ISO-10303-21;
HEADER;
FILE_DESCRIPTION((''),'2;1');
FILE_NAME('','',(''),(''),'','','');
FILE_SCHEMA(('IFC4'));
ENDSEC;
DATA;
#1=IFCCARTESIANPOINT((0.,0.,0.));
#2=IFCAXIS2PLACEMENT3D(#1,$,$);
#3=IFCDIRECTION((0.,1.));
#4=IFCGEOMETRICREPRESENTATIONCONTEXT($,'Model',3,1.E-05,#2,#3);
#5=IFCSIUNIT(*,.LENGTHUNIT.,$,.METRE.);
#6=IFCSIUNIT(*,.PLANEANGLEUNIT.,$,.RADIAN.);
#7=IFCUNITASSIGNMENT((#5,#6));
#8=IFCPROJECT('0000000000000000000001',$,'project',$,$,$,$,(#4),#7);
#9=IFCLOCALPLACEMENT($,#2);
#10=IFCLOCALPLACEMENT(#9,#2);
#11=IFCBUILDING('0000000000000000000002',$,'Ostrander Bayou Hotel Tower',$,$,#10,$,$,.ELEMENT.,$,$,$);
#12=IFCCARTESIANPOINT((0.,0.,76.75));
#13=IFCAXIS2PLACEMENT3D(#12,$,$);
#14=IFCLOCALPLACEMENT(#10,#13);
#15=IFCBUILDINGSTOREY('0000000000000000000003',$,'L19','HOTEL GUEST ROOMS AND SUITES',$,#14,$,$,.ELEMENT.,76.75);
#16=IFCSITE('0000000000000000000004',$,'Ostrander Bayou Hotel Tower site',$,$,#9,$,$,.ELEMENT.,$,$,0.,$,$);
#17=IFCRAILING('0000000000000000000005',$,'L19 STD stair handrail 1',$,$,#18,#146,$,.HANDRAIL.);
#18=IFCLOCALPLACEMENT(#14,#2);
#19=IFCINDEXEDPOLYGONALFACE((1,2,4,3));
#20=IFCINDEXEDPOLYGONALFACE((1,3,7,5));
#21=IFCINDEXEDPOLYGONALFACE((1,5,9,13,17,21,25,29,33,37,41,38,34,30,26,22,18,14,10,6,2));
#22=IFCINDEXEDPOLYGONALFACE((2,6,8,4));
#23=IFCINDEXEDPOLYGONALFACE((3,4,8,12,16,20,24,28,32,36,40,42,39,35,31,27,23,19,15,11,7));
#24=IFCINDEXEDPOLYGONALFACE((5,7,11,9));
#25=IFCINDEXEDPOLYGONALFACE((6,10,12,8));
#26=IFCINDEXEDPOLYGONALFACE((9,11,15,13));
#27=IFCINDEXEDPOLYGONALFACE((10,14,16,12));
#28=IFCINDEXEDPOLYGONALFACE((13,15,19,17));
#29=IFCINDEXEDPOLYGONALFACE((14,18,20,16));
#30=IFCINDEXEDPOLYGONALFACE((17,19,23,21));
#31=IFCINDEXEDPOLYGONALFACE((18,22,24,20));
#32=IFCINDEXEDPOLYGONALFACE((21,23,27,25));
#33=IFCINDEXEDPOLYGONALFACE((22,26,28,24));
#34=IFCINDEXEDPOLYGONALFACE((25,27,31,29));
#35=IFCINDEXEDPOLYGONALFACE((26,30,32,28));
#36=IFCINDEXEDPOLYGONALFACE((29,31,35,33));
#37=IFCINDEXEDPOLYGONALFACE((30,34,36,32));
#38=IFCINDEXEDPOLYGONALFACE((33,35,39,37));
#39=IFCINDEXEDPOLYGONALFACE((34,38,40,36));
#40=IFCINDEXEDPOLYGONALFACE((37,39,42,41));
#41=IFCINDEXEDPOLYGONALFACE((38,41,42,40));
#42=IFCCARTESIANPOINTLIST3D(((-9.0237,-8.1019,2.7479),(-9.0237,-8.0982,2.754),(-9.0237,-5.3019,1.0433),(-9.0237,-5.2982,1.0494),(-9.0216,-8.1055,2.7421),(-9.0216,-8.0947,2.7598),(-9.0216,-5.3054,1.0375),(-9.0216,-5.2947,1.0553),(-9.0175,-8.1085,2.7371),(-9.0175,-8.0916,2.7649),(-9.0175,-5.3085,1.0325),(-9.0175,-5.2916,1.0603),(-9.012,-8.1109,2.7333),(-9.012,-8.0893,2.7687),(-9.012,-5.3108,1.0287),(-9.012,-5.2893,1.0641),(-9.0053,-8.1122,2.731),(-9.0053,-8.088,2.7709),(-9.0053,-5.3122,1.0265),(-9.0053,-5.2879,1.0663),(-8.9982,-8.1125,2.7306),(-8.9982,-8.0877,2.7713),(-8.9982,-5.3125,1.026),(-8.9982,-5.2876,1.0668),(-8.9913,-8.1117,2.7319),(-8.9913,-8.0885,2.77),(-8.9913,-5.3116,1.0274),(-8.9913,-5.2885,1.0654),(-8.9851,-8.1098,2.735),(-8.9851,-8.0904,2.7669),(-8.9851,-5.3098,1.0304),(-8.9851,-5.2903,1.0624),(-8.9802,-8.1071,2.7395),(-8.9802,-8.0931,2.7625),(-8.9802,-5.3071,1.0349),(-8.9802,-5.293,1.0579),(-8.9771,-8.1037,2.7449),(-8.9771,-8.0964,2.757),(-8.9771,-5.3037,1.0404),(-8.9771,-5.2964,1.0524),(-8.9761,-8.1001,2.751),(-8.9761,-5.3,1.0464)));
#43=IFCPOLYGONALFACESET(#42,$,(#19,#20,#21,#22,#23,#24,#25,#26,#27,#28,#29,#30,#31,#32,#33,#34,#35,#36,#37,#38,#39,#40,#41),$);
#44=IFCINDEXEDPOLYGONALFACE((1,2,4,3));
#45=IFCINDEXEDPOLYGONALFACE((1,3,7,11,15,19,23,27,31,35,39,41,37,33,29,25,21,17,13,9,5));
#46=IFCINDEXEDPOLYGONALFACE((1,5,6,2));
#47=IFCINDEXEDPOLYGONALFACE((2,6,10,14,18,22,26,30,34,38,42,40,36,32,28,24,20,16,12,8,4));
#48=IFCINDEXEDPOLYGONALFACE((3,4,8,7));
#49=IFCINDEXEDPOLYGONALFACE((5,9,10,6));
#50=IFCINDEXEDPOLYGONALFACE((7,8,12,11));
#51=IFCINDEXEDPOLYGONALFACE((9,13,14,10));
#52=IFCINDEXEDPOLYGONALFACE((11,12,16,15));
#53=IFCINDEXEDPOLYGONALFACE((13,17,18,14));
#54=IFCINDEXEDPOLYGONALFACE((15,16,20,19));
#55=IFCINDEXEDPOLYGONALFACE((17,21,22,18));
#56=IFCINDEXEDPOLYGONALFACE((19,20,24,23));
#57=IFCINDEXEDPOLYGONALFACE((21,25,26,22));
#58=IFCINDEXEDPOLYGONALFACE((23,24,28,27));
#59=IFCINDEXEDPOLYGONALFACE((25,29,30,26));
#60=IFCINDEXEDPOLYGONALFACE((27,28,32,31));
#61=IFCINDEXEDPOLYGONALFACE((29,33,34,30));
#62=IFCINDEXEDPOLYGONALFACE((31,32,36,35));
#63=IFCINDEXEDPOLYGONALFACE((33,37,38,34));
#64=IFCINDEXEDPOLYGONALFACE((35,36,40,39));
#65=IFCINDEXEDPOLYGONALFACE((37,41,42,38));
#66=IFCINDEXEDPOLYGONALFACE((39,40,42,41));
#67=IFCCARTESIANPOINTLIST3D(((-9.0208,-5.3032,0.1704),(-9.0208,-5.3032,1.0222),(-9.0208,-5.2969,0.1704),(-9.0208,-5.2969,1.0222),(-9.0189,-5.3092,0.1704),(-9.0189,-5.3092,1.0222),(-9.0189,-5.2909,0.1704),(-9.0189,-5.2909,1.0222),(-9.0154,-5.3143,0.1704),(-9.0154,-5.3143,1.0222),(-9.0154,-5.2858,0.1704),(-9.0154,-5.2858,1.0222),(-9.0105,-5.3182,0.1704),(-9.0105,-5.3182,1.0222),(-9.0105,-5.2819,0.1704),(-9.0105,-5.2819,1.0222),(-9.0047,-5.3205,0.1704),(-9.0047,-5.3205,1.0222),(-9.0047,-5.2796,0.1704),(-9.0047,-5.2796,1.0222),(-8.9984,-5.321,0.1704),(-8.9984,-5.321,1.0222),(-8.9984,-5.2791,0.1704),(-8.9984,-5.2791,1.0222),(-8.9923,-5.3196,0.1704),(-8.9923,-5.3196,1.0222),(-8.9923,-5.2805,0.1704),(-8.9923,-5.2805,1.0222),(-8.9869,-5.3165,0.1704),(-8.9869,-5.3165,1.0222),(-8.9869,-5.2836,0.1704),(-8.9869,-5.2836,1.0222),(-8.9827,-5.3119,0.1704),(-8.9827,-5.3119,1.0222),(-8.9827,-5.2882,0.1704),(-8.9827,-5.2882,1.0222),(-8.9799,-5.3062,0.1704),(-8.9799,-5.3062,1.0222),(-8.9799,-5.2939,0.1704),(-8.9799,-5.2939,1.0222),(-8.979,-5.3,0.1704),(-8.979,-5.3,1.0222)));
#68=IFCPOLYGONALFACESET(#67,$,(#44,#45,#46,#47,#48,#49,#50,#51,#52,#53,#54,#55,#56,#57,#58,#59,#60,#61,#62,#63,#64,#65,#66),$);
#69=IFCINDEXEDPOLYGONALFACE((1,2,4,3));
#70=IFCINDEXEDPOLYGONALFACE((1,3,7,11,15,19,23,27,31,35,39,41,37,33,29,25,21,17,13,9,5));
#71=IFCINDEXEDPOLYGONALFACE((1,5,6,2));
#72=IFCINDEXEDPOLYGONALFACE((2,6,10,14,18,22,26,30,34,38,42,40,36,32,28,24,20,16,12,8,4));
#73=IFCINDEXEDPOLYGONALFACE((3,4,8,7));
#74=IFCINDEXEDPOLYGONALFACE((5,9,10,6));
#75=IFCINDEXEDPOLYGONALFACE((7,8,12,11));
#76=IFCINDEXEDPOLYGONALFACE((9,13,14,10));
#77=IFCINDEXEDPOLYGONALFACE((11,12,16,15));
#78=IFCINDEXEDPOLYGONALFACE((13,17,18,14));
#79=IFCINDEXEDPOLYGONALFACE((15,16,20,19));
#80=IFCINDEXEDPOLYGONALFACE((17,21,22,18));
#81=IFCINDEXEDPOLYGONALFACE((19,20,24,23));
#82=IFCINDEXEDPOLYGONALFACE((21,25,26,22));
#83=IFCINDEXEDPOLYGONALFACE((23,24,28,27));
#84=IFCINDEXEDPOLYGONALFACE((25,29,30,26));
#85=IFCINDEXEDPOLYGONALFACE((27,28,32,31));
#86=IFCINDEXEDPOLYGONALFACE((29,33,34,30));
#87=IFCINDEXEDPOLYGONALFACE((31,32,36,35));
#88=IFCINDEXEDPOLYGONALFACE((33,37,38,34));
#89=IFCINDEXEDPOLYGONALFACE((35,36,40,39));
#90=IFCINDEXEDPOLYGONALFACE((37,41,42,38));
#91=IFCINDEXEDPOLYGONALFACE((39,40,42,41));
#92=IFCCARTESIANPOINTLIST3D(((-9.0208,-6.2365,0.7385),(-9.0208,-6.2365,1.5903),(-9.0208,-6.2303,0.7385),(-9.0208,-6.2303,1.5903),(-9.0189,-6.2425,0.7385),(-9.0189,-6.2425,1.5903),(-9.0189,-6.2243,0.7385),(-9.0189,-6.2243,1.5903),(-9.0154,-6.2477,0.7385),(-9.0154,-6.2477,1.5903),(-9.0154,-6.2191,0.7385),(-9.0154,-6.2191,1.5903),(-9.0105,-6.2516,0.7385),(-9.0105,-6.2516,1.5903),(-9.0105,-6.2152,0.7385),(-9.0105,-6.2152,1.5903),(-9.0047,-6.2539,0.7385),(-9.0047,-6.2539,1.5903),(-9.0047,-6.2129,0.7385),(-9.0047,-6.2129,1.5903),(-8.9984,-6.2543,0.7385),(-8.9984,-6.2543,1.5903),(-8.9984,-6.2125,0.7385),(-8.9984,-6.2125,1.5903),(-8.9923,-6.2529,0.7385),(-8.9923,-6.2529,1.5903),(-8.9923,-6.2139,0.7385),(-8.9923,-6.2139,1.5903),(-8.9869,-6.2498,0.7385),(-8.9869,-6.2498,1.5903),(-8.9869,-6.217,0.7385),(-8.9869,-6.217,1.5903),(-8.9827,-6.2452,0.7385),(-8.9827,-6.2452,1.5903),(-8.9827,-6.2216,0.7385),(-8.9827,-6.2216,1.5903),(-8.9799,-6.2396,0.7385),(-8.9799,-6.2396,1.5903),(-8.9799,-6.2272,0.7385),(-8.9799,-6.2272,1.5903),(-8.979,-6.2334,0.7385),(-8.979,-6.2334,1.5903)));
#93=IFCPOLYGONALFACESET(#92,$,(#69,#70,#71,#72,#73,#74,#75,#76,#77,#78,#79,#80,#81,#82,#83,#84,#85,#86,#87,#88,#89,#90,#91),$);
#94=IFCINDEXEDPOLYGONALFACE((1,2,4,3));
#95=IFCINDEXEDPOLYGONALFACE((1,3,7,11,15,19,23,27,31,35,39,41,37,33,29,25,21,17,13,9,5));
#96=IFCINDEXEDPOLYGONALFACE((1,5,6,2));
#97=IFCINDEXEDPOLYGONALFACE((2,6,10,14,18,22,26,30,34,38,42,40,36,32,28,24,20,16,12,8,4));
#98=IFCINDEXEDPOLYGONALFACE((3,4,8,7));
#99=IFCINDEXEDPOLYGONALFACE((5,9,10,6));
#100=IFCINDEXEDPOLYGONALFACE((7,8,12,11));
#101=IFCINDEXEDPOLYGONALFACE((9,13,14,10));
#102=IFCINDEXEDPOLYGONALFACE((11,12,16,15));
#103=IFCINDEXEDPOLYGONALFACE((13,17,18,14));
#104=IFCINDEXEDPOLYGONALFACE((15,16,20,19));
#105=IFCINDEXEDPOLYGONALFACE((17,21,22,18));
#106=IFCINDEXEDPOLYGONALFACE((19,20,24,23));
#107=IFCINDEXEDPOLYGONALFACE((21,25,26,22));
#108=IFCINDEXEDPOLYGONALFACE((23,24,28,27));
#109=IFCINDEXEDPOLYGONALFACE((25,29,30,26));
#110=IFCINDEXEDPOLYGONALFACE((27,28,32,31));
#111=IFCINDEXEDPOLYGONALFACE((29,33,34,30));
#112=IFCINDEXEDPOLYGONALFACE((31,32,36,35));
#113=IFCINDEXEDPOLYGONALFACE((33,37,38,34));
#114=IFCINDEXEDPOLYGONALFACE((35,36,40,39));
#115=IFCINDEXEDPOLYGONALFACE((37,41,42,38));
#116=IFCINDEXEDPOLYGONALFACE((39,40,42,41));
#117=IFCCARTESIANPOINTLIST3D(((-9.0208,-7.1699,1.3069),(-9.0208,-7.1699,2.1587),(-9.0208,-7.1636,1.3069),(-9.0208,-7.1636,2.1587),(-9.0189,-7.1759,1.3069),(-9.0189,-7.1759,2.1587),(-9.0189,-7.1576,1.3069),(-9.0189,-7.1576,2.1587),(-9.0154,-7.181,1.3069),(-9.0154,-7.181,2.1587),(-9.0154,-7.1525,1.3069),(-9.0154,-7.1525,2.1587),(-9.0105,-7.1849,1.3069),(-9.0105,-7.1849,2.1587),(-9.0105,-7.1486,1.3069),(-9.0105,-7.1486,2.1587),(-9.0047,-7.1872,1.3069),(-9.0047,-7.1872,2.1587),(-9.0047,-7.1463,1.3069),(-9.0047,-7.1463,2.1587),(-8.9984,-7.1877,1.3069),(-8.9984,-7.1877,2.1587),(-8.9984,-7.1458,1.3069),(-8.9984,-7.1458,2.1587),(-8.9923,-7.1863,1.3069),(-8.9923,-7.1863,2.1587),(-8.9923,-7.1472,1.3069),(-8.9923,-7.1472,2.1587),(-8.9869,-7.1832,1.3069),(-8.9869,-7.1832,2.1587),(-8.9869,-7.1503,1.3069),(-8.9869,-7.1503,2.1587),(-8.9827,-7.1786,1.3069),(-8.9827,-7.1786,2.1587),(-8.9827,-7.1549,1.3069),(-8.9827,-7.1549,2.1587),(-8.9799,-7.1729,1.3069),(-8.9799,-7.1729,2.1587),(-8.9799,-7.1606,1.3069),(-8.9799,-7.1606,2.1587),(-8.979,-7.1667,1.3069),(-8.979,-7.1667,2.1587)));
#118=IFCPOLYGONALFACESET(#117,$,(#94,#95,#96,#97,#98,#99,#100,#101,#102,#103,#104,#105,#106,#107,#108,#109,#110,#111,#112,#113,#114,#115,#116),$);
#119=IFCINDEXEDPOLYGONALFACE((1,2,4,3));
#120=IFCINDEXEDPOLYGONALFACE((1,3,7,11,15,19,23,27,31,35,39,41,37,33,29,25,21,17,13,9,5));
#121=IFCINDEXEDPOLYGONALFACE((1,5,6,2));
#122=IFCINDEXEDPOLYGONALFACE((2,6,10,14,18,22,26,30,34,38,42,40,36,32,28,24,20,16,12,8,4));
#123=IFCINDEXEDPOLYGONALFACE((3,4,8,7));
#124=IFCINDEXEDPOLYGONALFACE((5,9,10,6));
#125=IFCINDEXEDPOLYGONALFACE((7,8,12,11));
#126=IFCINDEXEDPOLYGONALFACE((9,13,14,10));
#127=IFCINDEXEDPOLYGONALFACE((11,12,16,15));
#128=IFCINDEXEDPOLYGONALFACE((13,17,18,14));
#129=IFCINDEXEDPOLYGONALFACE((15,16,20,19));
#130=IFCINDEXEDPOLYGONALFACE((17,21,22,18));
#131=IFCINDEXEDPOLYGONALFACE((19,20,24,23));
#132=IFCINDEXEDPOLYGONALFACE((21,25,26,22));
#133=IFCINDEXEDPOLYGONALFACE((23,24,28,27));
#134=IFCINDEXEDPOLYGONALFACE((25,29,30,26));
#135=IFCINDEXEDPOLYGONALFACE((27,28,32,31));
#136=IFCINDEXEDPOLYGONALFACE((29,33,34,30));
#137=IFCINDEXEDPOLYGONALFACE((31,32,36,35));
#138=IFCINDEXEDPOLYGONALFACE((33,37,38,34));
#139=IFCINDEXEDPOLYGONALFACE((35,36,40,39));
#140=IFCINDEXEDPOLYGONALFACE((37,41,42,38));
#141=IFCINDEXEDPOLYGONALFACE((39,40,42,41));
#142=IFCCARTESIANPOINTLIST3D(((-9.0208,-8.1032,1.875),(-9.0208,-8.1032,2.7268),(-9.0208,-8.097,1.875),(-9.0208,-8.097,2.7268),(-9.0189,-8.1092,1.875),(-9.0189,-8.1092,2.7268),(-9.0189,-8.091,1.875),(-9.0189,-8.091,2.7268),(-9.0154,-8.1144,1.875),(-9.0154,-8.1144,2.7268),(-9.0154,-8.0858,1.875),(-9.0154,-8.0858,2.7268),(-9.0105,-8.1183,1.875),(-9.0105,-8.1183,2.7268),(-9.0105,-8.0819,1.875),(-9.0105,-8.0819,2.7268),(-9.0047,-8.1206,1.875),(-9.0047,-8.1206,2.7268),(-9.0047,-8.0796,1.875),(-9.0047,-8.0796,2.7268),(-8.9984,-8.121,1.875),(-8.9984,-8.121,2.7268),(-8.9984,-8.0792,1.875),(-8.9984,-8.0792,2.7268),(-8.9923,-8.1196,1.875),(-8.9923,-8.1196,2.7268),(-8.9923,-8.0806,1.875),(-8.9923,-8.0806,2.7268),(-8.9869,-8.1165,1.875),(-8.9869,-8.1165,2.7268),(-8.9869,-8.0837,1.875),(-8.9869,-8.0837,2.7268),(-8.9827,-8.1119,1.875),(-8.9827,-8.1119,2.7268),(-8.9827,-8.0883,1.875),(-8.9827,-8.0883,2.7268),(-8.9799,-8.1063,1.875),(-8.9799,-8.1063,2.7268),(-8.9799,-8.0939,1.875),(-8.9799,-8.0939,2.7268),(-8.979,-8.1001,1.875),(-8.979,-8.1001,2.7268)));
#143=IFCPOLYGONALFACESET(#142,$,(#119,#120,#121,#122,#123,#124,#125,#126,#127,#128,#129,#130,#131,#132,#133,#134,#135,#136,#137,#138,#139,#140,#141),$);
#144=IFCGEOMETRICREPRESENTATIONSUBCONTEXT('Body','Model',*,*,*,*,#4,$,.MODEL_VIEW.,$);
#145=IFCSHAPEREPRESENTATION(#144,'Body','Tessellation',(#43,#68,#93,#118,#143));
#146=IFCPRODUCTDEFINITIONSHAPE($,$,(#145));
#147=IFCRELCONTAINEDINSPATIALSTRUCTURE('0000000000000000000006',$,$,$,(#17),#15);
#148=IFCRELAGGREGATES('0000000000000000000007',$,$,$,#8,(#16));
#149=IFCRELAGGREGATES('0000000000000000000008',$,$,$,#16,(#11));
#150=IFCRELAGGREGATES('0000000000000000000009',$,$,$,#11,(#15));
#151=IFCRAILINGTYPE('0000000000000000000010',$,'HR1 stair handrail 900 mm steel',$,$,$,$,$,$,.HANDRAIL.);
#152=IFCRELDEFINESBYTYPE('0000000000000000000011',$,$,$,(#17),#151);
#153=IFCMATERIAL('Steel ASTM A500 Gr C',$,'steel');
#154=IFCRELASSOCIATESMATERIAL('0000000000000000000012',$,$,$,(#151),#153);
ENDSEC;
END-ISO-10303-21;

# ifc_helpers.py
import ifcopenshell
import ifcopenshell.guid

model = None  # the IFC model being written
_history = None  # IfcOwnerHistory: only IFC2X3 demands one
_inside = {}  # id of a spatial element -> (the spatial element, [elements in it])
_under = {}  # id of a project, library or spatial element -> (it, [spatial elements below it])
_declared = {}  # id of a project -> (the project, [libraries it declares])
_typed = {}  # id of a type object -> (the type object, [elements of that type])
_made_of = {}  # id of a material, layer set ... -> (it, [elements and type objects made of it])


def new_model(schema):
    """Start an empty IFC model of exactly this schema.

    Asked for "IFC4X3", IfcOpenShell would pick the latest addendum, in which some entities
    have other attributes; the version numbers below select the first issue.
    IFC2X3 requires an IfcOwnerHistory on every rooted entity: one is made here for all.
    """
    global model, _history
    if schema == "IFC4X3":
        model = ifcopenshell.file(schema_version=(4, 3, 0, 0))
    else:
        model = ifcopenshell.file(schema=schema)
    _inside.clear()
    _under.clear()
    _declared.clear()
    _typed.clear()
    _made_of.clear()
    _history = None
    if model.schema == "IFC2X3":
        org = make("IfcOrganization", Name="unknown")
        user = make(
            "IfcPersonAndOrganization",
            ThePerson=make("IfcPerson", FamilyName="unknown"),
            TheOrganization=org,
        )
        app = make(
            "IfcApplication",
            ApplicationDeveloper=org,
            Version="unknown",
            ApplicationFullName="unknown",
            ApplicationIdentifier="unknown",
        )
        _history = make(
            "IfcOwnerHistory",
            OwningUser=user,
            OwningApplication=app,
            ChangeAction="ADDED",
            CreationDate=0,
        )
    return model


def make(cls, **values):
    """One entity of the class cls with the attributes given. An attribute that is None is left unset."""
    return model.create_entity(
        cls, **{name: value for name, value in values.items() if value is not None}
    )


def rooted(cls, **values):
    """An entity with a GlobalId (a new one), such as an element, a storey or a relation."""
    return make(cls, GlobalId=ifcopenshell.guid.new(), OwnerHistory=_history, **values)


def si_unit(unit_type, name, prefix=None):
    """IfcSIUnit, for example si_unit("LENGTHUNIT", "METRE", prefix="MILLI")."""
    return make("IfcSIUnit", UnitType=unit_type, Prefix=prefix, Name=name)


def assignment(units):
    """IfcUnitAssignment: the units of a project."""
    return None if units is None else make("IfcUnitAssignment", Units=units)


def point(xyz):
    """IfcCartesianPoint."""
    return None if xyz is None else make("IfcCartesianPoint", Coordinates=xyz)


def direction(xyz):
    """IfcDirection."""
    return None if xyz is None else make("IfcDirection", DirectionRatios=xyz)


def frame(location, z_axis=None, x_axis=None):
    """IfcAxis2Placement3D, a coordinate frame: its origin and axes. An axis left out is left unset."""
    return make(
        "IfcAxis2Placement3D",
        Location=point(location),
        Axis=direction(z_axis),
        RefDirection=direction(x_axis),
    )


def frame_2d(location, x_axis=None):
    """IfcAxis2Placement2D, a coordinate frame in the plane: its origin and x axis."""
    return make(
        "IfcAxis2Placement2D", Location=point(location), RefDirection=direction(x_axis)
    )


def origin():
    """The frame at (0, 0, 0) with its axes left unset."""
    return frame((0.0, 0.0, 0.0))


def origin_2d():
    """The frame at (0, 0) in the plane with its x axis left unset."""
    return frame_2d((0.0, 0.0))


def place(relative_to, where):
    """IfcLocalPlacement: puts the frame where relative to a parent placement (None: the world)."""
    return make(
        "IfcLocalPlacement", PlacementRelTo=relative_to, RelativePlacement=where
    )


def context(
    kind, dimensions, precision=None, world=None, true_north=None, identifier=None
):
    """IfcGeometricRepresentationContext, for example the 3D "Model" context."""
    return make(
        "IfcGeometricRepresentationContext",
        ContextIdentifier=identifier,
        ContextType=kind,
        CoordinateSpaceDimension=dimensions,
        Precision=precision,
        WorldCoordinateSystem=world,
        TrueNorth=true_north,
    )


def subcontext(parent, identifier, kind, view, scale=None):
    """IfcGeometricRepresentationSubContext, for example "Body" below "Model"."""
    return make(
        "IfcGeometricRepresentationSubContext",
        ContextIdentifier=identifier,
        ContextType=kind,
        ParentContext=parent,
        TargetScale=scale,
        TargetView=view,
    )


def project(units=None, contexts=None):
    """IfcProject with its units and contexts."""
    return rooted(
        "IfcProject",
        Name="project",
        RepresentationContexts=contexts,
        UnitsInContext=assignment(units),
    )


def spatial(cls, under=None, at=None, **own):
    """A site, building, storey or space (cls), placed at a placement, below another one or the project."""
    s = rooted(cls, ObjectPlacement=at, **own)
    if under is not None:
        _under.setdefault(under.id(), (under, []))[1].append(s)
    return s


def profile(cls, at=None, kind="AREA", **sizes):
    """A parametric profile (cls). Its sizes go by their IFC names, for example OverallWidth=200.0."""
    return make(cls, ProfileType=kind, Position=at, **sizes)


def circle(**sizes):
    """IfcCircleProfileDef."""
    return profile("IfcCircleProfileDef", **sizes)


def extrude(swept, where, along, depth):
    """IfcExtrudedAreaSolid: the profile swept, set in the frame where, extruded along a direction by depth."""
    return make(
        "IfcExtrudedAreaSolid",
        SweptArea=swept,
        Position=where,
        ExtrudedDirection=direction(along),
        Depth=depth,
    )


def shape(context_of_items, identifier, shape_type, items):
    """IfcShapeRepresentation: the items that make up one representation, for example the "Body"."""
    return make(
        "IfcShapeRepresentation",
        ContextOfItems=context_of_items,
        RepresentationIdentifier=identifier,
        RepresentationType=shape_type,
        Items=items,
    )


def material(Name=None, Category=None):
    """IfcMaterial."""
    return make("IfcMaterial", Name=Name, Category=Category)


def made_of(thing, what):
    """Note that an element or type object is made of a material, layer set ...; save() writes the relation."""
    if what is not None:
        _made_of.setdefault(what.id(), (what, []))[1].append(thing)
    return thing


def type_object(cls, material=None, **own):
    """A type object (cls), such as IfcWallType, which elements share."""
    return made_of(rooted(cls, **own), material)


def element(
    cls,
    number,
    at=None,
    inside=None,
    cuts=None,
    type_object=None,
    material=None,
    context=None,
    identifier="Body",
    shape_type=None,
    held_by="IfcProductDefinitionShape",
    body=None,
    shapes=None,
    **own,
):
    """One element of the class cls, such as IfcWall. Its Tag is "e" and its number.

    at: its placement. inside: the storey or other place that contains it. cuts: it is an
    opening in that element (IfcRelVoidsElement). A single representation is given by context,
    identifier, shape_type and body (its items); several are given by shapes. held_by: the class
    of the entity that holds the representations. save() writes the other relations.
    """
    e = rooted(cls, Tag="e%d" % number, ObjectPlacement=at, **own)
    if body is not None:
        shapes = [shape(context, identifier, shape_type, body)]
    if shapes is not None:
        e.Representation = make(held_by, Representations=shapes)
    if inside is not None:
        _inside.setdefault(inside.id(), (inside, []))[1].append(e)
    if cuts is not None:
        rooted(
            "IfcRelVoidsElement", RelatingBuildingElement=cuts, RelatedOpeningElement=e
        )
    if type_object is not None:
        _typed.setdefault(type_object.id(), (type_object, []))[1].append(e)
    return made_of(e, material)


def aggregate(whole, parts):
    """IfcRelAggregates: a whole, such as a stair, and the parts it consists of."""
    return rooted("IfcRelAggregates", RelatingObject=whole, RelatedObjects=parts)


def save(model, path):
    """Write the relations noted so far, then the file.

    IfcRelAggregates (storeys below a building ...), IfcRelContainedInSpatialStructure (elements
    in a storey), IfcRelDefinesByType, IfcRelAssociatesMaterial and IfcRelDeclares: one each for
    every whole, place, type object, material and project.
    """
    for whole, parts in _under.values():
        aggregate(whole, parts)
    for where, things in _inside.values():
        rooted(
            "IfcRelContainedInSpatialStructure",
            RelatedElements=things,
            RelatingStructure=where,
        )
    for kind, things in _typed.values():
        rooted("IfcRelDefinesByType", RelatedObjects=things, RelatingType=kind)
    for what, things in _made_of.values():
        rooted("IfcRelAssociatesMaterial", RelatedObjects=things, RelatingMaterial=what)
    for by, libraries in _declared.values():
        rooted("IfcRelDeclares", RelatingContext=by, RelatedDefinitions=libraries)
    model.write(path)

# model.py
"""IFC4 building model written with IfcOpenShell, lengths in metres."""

from ifc_helpers import new_model, si_unit, direction, frame, origin, origin_2d, place, context, subcontext, project, spatial, circle, extrude, material, type_object, element, save


model = new_model("IFC4")

# Units and contexts
model_context = context("Model", 3, precision=1e-05, world=origin(), true_north=direction((0.0, 1.0)))
body_context = subcontext(model_context, "Body", "Model", "MODEL_VIEW")
ifc_project = project(units=[si_unit("LENGTHUNIT", "METRE"), si_unit("PLANEANGLEUNIT", "RADIAN")], contexts=[model_context])

# Site, building, storey
site_placement = place(None, origin())
site = spatial("IfcSite", under=ifc_project, at=site_placement, Name="Ostrander Bayou Hotel Tower site", CompositionType="ELEMENT", RefElevation=0.0)
building_placement = place(site_placement, origin())
building = spatial("IfcBuilding", under=site, at=building_placement, Name="Ostrander Bayou Hotel Tower", CompositionType="ELEMENT")
storey_placement = place(building_placement, frame((0.0, 0.0, 76.75)))
storey = spatial("IfcBuildingStorey", under=building, at=storey_placement, Name="L19", Description="HOTEL GUEST ROOMS AND SUITES", CompositionType="ELEMENT", Elevation=76.75)

# Railing
ifc_material_1 = material(Name="Steel ASTM A500 Gr C", Category="steel")
railing_type_1 = type_object("IfcRailingType", Name="HR1 stair handrail 900 mm steel", PredefinedType="HANDRAIL", material=ifc_material_1)
railing_1_placement = place(storey_placement, frame((-9.0, -5.3, 0.1704)))
element("IfcRailing", 1, at=railing_1_placement, inside=storey, type_object=railing_type_1, Name="L19 STD stair handrail 1", PredefinedType="HANDRAIL", context=body_context, shape_type="SweptSolid", body=[
    extrude(circle(Radius=0.0239, at=origin_2d()), frame((0.0, 0.0, 0.876), z_axis=(0.0, -0.85417, 0.519994), x_axis=(1.0, 0.0, 0.0)), (0.0, 0.0, 1.0), 3.2781),
    extrude(circle(Radius=0.021, at=origin_2d()), origin(), (0.0, 0.0, 1.0), 0.8518),
    extrude(circle(Radius=0.021, at=origin_2d()), frame((0.0, -0.9333, 0.5681)), (0.0, 0.0, 1.0), 0.8518),
    extrude(circle(Radius=0.021, at=origin_2d()), frame((0.0, -1.8667, 1.1365)), (0.0, 0.0, 1.0), 0.8518),
    extrude(circle(Radius=0.021, at=origin_2d()), frame((0.0, -2.8, 1.7046)), (0.0, 0.0, 1.0), 0.8518),
])

save(model, "model.ifc")
